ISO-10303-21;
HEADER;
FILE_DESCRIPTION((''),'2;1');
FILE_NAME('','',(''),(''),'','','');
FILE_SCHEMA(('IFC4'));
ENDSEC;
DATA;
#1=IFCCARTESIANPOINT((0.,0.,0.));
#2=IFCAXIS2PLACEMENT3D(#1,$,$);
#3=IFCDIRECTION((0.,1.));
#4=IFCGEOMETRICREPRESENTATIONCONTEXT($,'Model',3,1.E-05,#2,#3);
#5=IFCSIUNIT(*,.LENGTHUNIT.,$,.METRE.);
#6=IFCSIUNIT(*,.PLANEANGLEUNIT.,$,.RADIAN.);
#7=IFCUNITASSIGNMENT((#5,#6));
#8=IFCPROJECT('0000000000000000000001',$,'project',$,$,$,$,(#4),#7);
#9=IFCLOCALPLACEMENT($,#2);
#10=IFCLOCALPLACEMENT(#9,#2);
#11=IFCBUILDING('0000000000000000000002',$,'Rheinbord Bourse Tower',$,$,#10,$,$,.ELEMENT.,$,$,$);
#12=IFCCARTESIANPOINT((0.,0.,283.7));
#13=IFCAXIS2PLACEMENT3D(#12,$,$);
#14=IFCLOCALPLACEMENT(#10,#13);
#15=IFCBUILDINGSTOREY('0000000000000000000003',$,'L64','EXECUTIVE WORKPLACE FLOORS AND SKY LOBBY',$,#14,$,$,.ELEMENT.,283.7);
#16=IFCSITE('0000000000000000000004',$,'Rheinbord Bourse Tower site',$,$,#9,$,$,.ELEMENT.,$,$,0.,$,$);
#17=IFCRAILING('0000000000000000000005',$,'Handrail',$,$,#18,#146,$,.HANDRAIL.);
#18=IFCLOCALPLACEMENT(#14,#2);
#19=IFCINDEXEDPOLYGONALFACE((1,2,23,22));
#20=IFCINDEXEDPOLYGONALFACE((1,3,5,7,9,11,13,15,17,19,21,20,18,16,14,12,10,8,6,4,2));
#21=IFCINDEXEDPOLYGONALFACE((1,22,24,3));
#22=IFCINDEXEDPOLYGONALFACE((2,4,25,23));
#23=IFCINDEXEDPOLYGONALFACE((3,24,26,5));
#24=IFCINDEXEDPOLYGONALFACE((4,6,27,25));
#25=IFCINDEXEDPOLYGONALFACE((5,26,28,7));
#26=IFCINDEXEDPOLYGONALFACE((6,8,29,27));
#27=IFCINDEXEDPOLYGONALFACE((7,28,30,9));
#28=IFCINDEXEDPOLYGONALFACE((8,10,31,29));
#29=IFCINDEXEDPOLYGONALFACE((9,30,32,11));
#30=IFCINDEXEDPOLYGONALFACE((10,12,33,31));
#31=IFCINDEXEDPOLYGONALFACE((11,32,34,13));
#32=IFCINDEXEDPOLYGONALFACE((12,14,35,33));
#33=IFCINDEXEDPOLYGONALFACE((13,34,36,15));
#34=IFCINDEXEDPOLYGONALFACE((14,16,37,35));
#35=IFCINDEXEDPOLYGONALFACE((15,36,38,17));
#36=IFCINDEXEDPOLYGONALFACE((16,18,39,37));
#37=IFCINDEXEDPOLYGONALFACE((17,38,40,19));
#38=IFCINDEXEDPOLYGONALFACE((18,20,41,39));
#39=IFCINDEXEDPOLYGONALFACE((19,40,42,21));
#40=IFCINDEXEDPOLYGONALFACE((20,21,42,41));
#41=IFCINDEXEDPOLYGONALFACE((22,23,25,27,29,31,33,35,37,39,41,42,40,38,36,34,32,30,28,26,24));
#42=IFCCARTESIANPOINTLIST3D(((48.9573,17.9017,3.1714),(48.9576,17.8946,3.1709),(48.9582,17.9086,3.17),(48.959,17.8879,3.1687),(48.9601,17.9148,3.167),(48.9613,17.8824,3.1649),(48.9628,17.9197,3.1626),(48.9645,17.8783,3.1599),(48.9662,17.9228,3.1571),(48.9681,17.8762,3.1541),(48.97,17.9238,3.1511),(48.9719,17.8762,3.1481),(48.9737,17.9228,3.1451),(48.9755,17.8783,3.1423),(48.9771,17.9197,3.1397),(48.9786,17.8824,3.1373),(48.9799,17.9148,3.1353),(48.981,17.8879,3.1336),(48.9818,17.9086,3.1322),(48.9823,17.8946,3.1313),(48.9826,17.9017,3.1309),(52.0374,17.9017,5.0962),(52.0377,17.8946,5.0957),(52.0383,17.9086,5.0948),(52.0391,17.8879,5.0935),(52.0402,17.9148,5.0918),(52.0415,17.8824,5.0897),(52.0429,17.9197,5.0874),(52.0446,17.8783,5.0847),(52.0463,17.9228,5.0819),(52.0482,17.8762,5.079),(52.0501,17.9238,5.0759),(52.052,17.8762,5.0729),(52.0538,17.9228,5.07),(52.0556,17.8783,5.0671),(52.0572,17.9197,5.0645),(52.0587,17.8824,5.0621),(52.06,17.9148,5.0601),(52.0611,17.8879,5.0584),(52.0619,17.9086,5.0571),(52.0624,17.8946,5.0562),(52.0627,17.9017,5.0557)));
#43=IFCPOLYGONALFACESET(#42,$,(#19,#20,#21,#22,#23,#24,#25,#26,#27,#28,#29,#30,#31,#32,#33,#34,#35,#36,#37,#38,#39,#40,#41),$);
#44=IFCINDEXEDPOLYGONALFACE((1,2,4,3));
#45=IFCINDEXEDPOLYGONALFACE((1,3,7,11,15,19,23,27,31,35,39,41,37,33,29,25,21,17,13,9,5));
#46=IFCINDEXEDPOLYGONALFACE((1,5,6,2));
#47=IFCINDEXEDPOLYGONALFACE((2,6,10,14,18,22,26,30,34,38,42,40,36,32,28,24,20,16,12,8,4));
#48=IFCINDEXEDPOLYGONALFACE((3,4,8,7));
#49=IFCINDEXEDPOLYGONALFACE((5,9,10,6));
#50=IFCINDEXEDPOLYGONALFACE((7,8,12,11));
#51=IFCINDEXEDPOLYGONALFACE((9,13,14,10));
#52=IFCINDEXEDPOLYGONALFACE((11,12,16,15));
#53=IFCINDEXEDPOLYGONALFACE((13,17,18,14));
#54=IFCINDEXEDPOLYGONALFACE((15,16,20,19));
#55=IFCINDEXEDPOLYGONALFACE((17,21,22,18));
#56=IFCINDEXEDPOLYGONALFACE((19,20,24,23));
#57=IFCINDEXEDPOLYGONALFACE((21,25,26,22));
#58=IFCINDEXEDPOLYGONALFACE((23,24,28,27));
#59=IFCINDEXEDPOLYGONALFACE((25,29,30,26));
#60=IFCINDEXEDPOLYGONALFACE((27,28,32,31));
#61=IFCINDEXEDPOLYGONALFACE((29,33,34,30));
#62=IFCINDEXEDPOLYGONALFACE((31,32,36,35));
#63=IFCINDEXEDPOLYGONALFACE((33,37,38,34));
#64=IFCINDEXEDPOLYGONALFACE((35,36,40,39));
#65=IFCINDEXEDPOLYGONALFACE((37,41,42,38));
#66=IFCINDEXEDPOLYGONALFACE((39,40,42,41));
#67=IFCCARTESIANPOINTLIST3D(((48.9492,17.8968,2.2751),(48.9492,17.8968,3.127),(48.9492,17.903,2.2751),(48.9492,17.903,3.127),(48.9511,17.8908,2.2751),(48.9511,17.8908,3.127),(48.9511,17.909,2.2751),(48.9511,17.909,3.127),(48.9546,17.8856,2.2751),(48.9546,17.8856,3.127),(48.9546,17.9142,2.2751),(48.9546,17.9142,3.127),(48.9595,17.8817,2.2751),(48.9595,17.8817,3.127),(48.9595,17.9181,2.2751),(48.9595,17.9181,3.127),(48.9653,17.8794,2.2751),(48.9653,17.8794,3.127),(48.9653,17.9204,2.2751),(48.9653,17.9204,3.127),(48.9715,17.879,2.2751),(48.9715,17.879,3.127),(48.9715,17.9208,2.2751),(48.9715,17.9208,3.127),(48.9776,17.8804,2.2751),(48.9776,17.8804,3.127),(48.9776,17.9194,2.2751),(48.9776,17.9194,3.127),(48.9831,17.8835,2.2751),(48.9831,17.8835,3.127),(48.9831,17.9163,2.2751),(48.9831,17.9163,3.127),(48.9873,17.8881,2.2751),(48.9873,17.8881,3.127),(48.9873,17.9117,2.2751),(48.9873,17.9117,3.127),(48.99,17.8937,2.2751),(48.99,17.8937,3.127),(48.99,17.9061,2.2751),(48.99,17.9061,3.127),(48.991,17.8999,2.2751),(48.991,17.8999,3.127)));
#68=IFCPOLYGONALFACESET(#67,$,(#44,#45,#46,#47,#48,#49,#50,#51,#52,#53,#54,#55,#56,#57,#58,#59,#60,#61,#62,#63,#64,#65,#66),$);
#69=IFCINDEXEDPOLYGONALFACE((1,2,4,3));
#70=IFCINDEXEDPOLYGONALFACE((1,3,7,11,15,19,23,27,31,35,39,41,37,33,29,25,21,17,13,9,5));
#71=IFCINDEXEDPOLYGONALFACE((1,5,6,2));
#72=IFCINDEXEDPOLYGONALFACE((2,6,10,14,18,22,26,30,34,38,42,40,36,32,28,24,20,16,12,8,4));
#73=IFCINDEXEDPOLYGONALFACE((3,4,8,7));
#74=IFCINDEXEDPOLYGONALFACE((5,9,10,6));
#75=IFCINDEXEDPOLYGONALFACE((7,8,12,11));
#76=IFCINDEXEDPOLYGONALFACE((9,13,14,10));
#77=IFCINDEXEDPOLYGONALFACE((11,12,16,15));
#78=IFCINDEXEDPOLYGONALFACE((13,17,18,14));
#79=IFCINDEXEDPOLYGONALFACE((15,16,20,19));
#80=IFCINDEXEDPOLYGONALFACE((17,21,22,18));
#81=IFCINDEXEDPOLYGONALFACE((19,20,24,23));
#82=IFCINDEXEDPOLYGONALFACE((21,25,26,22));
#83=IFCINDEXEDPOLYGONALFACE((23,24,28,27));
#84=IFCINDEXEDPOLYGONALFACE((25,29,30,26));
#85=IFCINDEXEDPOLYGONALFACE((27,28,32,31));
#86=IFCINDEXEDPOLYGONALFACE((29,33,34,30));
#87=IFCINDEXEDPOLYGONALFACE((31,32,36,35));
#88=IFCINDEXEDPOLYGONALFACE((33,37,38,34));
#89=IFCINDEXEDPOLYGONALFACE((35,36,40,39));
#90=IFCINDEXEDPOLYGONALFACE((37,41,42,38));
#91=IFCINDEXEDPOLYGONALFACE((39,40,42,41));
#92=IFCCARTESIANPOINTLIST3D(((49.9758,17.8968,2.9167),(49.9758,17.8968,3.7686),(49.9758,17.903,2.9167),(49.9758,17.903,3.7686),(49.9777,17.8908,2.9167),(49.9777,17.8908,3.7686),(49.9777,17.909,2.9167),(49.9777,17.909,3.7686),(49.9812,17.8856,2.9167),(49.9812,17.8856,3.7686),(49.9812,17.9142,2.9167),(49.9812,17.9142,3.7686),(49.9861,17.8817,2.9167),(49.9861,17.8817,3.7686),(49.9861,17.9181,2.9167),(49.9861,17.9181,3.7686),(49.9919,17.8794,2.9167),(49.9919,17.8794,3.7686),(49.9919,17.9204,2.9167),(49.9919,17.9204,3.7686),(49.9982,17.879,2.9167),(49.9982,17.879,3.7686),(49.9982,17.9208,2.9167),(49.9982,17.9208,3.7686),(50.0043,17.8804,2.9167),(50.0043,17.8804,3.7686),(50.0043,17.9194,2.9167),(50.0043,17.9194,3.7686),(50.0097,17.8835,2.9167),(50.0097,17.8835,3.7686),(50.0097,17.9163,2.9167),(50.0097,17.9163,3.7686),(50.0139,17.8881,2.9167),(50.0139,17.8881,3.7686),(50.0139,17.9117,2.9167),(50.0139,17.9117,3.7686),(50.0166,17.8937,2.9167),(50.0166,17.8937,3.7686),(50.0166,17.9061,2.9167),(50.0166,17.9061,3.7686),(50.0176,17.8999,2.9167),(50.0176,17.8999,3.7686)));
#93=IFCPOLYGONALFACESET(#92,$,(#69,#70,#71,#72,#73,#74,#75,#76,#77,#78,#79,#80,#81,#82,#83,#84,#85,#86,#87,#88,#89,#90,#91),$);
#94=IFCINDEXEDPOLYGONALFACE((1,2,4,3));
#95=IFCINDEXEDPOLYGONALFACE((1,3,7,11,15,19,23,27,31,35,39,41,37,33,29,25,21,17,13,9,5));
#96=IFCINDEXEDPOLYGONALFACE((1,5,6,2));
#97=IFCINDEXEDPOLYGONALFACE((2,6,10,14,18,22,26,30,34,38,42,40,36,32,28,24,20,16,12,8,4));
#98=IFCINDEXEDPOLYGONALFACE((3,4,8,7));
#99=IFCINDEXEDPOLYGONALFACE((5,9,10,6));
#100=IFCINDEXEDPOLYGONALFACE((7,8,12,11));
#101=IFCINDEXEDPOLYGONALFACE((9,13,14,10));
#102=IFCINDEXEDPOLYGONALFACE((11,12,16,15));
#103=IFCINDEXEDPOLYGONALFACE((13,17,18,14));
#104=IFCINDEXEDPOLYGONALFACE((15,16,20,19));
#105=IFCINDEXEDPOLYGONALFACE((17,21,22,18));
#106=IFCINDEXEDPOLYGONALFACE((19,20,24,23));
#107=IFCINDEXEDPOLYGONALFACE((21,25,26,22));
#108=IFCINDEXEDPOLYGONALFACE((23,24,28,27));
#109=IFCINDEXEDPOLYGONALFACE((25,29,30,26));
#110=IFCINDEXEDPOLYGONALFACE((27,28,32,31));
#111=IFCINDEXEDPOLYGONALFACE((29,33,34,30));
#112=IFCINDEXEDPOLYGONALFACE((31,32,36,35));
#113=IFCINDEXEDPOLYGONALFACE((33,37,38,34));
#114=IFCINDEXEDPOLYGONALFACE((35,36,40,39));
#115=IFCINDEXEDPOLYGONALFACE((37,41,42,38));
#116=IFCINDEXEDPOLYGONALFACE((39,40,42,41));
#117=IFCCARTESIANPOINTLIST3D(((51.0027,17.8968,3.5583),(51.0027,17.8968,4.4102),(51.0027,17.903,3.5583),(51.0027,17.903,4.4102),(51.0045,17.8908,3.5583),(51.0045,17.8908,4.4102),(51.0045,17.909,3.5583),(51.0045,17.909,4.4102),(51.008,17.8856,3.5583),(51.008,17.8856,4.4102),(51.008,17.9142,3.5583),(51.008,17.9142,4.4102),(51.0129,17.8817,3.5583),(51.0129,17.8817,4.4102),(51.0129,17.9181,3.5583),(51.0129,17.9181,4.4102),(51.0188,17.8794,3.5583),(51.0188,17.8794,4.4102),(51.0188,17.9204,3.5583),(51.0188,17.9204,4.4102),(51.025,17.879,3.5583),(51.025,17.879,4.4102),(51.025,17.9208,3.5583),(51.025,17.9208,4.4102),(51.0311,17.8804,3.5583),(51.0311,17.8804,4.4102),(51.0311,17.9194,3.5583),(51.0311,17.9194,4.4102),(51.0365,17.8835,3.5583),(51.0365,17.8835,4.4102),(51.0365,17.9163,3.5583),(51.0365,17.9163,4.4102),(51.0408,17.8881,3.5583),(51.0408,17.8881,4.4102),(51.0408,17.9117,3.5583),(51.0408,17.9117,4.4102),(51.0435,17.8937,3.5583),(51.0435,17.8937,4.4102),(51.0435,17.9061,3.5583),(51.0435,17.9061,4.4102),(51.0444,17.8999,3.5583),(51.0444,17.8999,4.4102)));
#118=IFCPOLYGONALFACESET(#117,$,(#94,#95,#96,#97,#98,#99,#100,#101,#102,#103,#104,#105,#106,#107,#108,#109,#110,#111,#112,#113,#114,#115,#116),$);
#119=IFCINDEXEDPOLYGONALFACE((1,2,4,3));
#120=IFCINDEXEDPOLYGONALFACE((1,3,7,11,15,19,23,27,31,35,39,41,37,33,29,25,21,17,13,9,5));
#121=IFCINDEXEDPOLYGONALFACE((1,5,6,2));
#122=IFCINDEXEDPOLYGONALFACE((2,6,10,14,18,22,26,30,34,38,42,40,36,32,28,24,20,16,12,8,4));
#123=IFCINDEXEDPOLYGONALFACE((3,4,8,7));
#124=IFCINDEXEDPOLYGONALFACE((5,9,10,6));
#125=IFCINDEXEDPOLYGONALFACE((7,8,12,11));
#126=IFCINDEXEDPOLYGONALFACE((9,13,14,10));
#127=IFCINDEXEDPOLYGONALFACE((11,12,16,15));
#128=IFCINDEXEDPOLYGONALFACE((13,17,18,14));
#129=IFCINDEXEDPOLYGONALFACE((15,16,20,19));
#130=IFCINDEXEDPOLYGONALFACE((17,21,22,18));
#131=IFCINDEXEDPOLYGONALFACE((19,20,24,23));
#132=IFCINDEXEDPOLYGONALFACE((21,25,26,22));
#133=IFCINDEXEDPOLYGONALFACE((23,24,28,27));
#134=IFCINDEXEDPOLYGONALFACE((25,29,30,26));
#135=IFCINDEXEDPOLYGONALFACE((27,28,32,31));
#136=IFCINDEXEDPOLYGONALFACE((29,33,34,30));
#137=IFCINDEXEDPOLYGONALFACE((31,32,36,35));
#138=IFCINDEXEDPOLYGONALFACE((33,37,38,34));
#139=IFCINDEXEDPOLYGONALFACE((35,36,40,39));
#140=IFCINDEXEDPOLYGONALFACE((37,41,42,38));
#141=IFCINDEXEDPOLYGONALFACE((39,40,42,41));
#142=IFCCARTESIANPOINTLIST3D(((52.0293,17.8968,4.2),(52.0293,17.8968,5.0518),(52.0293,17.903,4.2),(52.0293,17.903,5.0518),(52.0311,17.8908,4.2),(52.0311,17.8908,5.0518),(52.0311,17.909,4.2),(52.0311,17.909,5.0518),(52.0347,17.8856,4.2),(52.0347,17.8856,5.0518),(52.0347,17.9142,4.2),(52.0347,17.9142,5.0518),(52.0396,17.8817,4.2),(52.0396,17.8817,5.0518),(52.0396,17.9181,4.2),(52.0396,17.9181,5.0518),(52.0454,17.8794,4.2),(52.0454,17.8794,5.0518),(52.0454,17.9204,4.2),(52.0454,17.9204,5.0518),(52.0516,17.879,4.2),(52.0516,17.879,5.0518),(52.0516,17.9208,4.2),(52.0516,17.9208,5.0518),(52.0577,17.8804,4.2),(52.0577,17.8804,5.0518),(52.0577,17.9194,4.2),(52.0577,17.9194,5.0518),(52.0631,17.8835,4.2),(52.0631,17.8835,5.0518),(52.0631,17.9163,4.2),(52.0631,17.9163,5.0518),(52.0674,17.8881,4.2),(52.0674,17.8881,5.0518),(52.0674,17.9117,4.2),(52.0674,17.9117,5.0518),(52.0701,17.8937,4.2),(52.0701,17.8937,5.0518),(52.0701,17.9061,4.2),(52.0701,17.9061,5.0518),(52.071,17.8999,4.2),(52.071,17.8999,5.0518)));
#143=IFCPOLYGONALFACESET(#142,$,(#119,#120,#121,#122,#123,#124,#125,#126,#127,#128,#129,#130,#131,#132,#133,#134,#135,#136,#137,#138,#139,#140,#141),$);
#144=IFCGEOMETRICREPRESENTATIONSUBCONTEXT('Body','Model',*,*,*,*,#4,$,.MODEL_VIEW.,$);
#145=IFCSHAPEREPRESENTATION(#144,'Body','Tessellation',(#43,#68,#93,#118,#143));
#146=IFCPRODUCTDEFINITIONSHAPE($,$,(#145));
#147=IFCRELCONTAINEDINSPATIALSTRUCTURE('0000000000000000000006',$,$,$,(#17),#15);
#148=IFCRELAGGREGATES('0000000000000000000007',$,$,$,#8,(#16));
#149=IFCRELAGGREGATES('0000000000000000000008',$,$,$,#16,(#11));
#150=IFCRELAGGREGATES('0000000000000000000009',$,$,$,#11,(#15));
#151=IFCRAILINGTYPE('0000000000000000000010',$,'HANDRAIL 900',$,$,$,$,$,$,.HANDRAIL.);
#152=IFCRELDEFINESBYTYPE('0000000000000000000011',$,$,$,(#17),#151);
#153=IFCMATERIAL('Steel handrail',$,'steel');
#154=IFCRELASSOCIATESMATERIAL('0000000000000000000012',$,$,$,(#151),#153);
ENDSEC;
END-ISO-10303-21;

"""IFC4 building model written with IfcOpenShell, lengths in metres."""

from ifc_helpers import new_model, si_unit, direction, frame, origin, origin_2d, place, context, subcontext, project, spatial, circle, extrude, material, type_object, element, save


model = new_model("IFC4")

# Units and contexts
model_context = context("Model", 3, precision=1e-05, world=origin(), true_north=direction((0.0, 1.0)))
body_context = subcontext(model_context, "Body", "Model", "MODEL_VIEW")
ifc_project = project(units=[si_unit("LENGTHUNIT", "METRE"), si_unit("PLANEANGLEUNIT", "RADIAN")], contexts=[model_context])

# Site, building, storey
site_placement = place(None, origin())
site = spatial("IfcSite", under=ifc_project, at=site_placement, Name="Rheinbord Bourse Tower site", CompositionType="ELEMENT", RefElevation=0.0)
building_placement = place(site_placement, origin())
building = spatial("IfcBuilding", under=site, at=building_placement, Name="Rheinbord Bourse Tower", CompositionType="ELEMENT")
storey_placement = place(building_placement, frame((0.0, 0.0, 283.7)))
storey = spatial("IfcBuildingStorey", under=building, at=storey_placement, Name="L64", Description="EXECUTIVE WORKPLACE FLOORS AND SKY LOBBY", CompositionType="ELEMENT", Elevation=283.7)

# Railing
ifc_material_1 = material(Name="Steel handrail", Category="steel")
railing_type = type_object("IfcRailingType", Name="HANDRAIL 900", PredefinedType="HANDRAIL", material=ifc_material_1)
railing_1_placement = place(storey_placement, frame((48.97, 17.8999, 2.2751)))
element("IfcRailing", 1, at=railing_1_placement, inside=storey, type_object=railing_type, Name="Handrail", PredefinedType="HANDRAIL", context=body_context, shape_type="SweptSolid", body=[
    extrude(circle(Radius=0.0239, at=origin_2d()), frame((0.0, 0.0, 0.876), z_axis=(0.848029, 0.0, 0.529951), x_axis=(0.0, 1.0, 0.0)), (0.0, 0.0, 1.0), 3.6321),
    extrude(circle(Radius=0.021, at=origin_2d()), origin(), (0.0, 0.0, 1.0), 0.8518),
    extrude(circle(Radius=0.021, at=origin_2d()), frame((1.0266, 0.0, 0.6416)), (0.0, 0.0, 1.0), 0.8518),
    extrude(circle(Radius=0.021, at=origin_2d()), frame((2.0535, 0.0, 1.2832)), (0.0, 0.0, 1.0), 0.8518),
    extrude(circle(Radius=0.021, at=origin_2d()), frame((3.0801, 0.0, 1.9248)), (0.0, 0.0, 1.0), 0.8518),
])

save(model, "model.ifc")
